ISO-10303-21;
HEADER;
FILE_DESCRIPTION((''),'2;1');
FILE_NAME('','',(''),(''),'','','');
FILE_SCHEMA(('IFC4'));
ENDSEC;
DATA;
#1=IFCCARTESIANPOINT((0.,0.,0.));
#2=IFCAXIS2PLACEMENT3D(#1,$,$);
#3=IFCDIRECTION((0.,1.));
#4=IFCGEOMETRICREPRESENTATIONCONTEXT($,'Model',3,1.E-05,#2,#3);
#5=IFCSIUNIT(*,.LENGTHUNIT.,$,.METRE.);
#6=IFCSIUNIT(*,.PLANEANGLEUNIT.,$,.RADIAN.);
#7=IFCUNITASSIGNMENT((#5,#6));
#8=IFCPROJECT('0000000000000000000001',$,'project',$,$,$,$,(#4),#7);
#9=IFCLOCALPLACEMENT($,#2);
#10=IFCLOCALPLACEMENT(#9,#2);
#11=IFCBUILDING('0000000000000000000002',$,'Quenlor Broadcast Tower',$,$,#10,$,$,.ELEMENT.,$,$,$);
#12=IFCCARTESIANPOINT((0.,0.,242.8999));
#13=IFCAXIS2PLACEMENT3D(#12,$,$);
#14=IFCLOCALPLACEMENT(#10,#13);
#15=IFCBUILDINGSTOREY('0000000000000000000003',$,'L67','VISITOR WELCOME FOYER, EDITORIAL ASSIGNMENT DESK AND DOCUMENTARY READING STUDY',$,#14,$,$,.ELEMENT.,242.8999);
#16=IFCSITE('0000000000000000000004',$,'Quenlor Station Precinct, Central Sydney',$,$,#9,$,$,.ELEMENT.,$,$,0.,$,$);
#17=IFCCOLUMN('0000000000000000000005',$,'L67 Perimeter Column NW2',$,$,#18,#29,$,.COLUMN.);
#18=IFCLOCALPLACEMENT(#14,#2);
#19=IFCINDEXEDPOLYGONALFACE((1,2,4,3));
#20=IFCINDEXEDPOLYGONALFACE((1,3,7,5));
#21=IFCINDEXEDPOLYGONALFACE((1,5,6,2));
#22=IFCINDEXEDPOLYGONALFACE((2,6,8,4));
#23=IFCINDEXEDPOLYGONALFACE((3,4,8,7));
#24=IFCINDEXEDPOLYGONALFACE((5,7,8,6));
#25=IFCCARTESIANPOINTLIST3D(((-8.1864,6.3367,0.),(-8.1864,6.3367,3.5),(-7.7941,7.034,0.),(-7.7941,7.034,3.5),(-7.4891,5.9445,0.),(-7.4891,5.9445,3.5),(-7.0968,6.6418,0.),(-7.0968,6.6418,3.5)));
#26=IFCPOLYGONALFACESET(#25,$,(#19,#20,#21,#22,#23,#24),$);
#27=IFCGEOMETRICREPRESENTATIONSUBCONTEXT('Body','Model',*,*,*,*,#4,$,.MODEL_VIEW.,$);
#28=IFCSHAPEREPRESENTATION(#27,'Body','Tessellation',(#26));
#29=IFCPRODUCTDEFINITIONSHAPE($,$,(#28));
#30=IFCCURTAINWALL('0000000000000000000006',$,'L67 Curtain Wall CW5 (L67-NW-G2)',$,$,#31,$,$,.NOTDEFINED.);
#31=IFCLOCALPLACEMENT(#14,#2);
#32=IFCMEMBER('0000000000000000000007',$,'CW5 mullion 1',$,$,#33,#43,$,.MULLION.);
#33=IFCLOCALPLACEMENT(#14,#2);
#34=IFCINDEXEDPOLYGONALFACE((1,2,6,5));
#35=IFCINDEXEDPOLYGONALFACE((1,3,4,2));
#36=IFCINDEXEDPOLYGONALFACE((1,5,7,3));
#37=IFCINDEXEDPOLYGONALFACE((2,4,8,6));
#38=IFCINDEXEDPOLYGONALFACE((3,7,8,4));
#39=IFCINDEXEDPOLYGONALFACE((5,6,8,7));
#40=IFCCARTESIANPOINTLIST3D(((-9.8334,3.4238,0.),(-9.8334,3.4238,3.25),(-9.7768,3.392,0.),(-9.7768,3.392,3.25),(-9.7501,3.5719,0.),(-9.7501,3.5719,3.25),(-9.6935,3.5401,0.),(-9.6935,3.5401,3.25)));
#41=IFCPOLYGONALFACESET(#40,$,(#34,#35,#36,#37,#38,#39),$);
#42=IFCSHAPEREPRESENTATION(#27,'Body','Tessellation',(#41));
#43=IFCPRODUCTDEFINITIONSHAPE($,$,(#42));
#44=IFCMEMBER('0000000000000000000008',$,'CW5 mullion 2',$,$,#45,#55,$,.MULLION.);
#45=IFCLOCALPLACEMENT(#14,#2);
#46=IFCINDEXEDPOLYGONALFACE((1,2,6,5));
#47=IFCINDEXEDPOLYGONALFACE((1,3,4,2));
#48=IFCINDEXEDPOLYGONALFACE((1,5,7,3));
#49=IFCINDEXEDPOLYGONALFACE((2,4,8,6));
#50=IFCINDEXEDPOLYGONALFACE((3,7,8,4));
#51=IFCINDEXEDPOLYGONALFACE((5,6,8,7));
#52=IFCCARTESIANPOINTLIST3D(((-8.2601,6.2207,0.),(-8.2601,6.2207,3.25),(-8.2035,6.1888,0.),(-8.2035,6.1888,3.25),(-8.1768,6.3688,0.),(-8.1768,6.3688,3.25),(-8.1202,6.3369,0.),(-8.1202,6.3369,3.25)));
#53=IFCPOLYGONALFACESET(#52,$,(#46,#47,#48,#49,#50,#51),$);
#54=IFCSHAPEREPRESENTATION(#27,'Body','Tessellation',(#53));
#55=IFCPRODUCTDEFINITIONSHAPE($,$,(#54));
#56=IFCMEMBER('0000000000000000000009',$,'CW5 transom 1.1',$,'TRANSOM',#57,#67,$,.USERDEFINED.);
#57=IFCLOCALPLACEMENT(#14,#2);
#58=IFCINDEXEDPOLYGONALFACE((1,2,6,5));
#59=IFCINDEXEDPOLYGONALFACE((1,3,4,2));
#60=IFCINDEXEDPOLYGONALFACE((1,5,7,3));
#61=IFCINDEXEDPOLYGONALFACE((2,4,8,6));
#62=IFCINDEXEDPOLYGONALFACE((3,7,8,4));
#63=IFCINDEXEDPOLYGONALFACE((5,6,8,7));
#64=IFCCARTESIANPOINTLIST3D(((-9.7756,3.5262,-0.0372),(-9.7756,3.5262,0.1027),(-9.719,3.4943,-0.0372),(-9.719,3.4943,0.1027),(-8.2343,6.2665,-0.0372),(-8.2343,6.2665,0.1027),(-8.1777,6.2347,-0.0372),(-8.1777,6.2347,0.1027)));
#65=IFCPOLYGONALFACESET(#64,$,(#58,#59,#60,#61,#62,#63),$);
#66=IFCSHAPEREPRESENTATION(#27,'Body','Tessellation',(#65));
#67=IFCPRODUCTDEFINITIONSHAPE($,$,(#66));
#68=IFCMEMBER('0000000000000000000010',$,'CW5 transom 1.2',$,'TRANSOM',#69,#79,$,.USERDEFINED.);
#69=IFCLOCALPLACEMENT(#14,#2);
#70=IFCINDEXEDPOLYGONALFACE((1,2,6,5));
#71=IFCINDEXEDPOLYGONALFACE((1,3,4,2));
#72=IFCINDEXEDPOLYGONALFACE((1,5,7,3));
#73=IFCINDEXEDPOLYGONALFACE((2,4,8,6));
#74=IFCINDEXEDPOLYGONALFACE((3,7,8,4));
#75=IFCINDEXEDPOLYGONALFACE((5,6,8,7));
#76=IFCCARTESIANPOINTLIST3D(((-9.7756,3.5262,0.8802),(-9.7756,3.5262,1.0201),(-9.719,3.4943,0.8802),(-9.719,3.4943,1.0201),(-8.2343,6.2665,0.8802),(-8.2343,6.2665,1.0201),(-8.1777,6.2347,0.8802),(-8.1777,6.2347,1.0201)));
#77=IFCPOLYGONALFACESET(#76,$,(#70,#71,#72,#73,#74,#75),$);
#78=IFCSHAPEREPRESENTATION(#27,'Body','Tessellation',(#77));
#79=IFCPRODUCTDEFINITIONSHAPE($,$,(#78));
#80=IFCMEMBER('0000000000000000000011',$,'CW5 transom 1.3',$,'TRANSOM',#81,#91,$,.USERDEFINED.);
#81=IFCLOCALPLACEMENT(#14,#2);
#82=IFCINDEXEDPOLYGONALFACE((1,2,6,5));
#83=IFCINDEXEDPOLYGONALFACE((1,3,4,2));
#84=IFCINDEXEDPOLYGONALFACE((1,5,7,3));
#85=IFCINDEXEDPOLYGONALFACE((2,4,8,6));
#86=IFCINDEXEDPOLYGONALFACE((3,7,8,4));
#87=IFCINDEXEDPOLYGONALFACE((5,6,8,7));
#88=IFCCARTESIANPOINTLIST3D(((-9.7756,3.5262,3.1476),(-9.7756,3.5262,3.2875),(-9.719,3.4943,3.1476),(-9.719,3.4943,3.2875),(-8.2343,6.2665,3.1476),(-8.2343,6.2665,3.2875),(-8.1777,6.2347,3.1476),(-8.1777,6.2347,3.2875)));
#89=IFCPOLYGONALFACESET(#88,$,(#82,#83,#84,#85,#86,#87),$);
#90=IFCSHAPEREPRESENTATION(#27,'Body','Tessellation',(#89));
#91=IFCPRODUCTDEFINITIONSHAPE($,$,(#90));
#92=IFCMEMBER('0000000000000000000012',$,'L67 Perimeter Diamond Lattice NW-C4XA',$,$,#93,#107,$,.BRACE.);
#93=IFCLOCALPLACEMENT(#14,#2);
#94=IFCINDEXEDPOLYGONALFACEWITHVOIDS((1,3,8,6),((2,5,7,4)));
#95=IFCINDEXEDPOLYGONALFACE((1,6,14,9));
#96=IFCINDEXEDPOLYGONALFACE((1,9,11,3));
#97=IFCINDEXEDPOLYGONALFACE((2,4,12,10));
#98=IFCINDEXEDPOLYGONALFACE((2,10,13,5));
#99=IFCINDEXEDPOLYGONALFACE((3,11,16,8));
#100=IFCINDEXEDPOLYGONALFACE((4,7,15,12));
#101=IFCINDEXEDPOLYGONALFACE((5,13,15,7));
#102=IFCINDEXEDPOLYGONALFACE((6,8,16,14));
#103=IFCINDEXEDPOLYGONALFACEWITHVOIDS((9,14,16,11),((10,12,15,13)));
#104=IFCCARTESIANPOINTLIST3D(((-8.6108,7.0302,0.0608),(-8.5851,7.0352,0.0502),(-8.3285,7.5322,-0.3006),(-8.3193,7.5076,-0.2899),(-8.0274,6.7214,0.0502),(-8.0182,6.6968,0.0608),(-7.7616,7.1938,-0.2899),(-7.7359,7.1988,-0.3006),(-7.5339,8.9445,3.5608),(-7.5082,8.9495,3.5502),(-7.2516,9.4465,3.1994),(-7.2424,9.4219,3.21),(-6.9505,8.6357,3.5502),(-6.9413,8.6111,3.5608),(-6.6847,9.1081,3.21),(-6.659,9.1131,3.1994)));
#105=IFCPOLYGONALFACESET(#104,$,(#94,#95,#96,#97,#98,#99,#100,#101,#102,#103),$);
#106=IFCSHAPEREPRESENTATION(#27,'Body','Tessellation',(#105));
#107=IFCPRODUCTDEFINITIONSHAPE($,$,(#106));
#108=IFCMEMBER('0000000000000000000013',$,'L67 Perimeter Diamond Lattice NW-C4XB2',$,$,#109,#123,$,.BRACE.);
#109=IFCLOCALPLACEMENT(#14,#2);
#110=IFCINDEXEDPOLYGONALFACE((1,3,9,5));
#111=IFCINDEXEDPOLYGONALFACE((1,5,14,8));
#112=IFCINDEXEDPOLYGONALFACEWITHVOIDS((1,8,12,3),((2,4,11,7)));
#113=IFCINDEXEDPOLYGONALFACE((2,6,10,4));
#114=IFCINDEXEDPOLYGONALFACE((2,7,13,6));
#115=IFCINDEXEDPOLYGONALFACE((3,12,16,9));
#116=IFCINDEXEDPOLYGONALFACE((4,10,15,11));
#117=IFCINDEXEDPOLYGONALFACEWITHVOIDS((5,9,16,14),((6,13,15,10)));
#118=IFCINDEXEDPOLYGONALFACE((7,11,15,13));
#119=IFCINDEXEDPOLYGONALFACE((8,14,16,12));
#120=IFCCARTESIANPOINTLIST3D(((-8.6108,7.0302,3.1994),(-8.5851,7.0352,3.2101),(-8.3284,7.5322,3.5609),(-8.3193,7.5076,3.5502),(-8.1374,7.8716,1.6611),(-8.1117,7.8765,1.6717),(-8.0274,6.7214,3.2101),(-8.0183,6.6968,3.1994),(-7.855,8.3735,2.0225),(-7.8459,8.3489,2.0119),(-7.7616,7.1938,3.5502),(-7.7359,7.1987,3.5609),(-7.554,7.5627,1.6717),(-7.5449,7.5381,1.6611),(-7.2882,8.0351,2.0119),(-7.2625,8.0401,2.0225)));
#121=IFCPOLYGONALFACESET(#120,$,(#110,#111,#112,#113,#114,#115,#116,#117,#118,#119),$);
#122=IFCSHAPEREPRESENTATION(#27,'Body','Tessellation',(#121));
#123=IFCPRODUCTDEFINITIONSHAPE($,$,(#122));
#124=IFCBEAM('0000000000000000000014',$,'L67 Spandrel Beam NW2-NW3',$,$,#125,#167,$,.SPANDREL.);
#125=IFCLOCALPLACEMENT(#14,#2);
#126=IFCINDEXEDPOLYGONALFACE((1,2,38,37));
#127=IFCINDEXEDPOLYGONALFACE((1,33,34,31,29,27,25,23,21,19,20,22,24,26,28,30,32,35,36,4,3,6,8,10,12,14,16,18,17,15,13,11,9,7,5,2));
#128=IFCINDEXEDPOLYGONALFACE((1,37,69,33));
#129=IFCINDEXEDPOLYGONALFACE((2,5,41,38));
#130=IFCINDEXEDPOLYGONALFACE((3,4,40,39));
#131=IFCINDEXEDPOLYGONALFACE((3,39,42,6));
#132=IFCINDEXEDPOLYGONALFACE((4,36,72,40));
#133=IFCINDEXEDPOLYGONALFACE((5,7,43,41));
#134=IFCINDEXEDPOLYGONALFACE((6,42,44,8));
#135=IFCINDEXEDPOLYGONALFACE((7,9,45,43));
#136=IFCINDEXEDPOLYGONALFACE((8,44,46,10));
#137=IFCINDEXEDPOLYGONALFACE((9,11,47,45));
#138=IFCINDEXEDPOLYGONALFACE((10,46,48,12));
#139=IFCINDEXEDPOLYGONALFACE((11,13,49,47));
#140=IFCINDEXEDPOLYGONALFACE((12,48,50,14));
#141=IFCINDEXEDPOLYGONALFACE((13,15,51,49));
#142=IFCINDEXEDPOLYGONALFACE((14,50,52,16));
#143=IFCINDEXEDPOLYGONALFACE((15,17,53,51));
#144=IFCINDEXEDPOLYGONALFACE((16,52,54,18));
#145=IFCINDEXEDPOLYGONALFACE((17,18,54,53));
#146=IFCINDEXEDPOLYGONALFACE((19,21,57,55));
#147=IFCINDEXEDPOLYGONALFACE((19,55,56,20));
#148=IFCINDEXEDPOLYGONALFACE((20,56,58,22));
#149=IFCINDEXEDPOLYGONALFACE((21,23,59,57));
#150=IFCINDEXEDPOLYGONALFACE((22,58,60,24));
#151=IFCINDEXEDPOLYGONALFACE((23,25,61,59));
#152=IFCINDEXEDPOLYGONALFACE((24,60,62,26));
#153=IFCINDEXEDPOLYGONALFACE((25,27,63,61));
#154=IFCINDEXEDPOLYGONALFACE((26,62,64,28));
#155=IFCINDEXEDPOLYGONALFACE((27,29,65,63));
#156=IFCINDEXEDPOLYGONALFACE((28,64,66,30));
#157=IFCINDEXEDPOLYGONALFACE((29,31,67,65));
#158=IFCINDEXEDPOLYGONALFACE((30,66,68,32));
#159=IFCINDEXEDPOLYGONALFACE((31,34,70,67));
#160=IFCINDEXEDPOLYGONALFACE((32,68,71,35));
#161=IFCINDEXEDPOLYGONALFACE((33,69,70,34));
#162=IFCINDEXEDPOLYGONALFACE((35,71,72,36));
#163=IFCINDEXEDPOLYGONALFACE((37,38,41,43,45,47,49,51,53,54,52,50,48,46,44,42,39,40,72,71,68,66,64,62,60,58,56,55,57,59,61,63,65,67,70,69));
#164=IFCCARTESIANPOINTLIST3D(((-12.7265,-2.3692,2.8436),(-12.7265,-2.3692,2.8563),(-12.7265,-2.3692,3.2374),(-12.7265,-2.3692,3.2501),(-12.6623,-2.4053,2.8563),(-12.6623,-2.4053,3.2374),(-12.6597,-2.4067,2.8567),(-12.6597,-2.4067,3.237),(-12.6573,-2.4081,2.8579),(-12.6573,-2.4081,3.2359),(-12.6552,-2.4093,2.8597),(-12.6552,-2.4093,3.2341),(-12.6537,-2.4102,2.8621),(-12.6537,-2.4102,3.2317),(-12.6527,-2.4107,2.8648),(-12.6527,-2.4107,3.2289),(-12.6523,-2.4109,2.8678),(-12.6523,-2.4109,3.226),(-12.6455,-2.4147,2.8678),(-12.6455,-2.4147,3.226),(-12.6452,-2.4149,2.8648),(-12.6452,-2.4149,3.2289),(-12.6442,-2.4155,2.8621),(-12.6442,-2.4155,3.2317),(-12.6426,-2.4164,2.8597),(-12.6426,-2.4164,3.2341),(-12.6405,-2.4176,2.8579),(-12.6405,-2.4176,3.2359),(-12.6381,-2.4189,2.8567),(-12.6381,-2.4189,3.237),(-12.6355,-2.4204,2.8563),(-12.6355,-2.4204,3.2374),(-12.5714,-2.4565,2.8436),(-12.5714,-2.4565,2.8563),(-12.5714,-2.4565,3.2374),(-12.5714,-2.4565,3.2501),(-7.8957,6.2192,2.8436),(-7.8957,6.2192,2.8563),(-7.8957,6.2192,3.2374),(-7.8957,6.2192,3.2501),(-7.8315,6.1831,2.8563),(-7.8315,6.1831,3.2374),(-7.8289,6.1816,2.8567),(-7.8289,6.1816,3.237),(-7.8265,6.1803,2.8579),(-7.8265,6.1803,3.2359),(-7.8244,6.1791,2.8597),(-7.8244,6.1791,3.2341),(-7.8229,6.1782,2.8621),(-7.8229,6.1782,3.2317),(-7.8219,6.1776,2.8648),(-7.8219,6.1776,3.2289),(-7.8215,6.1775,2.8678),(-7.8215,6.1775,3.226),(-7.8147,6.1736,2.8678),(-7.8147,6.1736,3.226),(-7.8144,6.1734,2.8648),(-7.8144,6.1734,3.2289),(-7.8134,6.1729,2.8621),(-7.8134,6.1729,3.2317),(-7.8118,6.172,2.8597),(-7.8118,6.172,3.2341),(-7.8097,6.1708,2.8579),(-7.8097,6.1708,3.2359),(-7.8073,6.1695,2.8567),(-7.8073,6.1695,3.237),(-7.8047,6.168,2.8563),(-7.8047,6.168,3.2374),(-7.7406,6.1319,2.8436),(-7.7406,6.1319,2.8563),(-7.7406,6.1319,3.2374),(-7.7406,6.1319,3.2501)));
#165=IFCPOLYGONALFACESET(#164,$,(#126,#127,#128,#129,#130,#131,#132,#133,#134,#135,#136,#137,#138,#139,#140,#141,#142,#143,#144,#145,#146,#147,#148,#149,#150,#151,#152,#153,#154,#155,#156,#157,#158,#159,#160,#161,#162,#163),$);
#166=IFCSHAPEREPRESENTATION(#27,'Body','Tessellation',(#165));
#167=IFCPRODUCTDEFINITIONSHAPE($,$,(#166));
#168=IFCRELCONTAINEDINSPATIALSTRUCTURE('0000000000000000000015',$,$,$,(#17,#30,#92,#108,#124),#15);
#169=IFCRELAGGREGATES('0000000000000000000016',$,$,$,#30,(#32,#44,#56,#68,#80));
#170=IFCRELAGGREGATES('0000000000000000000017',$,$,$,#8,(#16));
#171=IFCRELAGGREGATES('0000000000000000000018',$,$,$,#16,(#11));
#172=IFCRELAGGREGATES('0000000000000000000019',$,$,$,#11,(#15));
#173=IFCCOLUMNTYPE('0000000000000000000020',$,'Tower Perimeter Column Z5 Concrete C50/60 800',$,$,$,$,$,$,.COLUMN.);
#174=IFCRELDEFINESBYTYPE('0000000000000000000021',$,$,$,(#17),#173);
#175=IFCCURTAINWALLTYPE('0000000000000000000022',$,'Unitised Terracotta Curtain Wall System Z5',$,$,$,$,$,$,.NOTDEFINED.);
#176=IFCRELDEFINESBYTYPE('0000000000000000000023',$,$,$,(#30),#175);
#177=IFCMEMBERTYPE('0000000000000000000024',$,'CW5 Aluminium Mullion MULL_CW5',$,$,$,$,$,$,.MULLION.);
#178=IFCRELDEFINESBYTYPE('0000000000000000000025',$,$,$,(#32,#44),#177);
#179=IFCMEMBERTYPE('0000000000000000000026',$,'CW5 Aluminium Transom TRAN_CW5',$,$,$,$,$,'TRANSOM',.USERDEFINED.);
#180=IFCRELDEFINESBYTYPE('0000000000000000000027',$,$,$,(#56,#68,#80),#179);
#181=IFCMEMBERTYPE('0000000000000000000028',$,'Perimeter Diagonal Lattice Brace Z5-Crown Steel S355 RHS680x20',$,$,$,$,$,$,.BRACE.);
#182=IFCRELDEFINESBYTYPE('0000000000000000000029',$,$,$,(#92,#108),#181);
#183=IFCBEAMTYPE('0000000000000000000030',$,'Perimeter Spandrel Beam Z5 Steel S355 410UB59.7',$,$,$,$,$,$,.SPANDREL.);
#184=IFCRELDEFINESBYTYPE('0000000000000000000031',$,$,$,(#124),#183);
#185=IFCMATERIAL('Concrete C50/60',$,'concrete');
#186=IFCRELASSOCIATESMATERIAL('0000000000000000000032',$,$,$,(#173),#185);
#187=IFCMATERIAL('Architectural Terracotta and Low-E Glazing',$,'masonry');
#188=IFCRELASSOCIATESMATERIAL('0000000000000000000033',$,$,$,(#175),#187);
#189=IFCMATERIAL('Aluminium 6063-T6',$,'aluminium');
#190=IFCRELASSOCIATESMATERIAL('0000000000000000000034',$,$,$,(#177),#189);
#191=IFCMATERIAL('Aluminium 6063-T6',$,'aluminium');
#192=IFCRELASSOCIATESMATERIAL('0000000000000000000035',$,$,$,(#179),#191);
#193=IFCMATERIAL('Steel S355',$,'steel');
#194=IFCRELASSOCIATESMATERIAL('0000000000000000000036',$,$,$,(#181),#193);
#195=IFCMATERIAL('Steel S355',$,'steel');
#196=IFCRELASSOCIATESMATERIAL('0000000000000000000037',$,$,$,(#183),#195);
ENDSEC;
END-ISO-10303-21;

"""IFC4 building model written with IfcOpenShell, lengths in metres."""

from ifc_helpers import new_model, si_unit, direction, frame, origin, origin_2d, place, context, subcontext, project, spatial, rectangle, hollow_rectangle, i_section, extrude, material, material_profile, profile_set, type_object, element, aggregate, save


model = new_model("IFC4")

# Units and contexts
model_context = context("Model", 3, precision=1e-05, world=origin(), true_north=direction((0.0, 1.0)))
body_context = subcontext(model_context, "Body", "Model", "MODEL_VIEW")
ifc_project = project(units=[si_unit("LENGTHUNIT", "METRE"), si_unit("PLANEANGLEUNIT", "RADIAN")], contexts=[model_context])

# Site, building, storey
site_placement = place(None, origin())
site = spatial("IfcSite", under=ifc_project, at=site_placement, Name="Quenlor Station Precinct, Central Sydney", CompositionType="ELEMENT", RefElevation=0.0)
building_placement = place(site_placement, origin())
building = spatial("IfcBuilding", under=site, at=building_placement, Name="Quenlor Broadcast Tower", CompositionType="ELEMENT")
storey_placement = place(building_placement, frame((0.0, 0.0, 242.8999)))
storey = spatial("IfcBuildingStorey", under=building, at=storey_placement, Name="L67", Description="VISITOR WELCOME FOYER, EDITORIAL ASSIGNMENT DESK AND DOCUMENTARY READING STUDY", CompositionType="ELEMENT", Elevation=242.8999)

# Column
ifc_material_1 = material(Name="Concrete C50/60", Category="concrete")
ifc_material_profile_1 = material_profile(ifc_material_1, rectangle(XDim=0.8, YDim=0.8, at=origin_2d()))
ifc_profile_set_1 = profile_set([ifc_material_profile_1], Name="Concrete C50/60 RC800x800")
column_type = type_object("IfcColumnType", Name="Tower Perimeter Column Z5 Concrete C50/60 800", PredefinedType="COLUMN", material=ifc_profile_set_1)
column_placement = place(storey_placement, frame((-7.6416, 6.4893, 0.0), z_axis=(0.0, 0.0, 1.0), x_axis=(-0.871575, 0.490262, 0.0)))
element("IfcColumn", 1, at=column_placement, inside=storey, type_object=column_type, Name="L67 Perimeter Column NW2", PredefinedType="COLUMN", context=body_context, shape_type="SweptSolid", body=[
    extrude(rectangle(XDim=0.8, YDim=0.8, at=origin_2d()), origin(), (0.0, 0.0, 1.0), 3.5),
])

# Curtain wall, members
ifc_material_2 = material(Name="Architectural Terracotta and Low-E Glazing", Category="masonry")
curtain_wall_type = type_object("IfcCurtainWallType", Name="Unitised Terracotta Curtain Wall System Z5", PredefinedType="NOTDEFINED", material=ifc_material_2)
curtain_wall_placement = place(storey_placement, origin())
curtain_wall = element("IfcCurtainWall", 2, at=curtain_wall_placement, inside=storey, type_object=curtain_wall_type, Name="L67 Curtain Wall CW5 (L67-NW-G2)", PredefinedType="NOTDEFINED")
ifc_material_3 = material(Name="Aluminium 6063-T6", Category="aluminium")
ifc_material_profile_2 = material_profile(ifc_material_3, rectangle(XDim=0.0649, YDim=0.1699, at=origin_2d()))
ifc_profile_set_2 = profile_set([ifc_material_profile_2], Name="Aluminium 6063-T6 MULL65x170")
member_type_1 = type_object("IfcMemberType", Name="CW5 Aluminium Mullion MULL_CW5", PredefinedType="MULLION", material=ifc_profile_set_2)
member_1_placement = place(storey_placement, frame((-9.7634, 3.4819, 0.0), z_axis=(0.0, 0.0, 1.0), x_axis=(-0.871575, 0.490263, 0.0)))
member_1 = element("IfcMember", 3, at=member_1_placement, type_object=member_type_1, Name="CW5 mullion 1", PredefinedType="MULLION", context=body_context, shape_type="SweptSolid", body=[
    extrude(rectangle(XDim=0.0649, YDim=0.1699, at=origin_2d()), origin(), (0.0, 0.0, 1.0), 3.25),
])
member_2_placement = place(storey_placement, frame((-8.1902, 6.2788, 0.0), z_axis=(0.0, 0.0, 1.0), x_axis=(-0.871575, 0.490263, 0.0)))
member_2 = element("IfcMember", 4, at=member_2_placement, type_object=member_type_1, Name="CW5 mullion 2", PredefinedType="MULLION", context=body_context, shape_type="SweptSolid", body=[
    extrude(rectangle(XDim=0.0649, YDim=0.1699, at=origin_2d()), origin(), (0.0, 0.0, 1.0), 3.25),
])
ifc_material_4 = material(Name="Aluminium 6063-T6", Category="aluminium")
ifc_material_profile_3 = material_profile(ifc_material_4, rectangle(XDim=0.0649, YDim=0.1399, at=origin_2d()))
ifc_profile_set_3 = profile_set([ifc_material_profile_3], Name="Aluminium 6063-T6 TRAN65x140")
member_type_2 = type_object("IfcMemberType", Name="CW5 Aluminium Transom TRAN_CW5", ElementType="TRANSOM", PredefinedType="USERDEFINED", material=ifc_profile_set_3)
member_3_placement = place(storey_placement, frame((-9.7473, 3.5103, 0.0327), z_axis=(0.490232, 0.871592, 0.0), x_axis=(-0.871592, 0.490232, 0.0)))
member_3 = element("IfcMember", 5, at=member_3_placement, type_object=member_type_2, Name="CW5 transom 1.1", ObjectType="TRANSOM", PredefinedType="USERDEFINED", context=body_context, shape_type="SweptSolid", body=[
    extrude(rectangle(XDim=0.0649, YDim=0.1399, at=origin_2d()), origin(), (0.0, 0.0, 1.0), 3.144),
])
member_4_placement = place(storey_placement, frame((-9.7473, 3.5103, 0.9502), z_axis=(0.490232, 0.871592, 0.0), x_axis=(-0.871592, 0.490232, 0.0)))
member_4 = element("IfcMember", 6, at=member_4_placement, type_object=member_type_2, Name="CW5 transom 1.2", ObjectType="TRANSOM", PredefinedType="USERDEFINED", context=body_context, shape_type="SweptSolid", body=[
    extrude(rectangle(XDim=0.0649, YDim=0.1399, at=origin_2d()), origin(), (0.0, 0.0, 1.0), 3.144),
])
member_5_placement = place(storey_placement, frame((-9.7473, 3.5103, 3.2175), z_axis=(0.490232, 0.871592, 0.0), x_axis=(-0.871592, 0.490232, 0.0)))
member_5 = element("IfcMember", 7, at=member_5_placement, type_object=member_type_2, Name="CW5 transom 1.3", ObjectType="TRANSOM", PredefinedType="USERDEFINED", context=body_context, shape_type="SweptSolid", body=[
    extrude(rectangle(XDim=0.0649, YDim=0.1399, at=origin_2d()), origin(), (0.0, 0.0, 1.0), 3.144),
])

# Members
ifc_material_5 = material(Name="Steel S355", Category="steel")
ifc_material_profile_4 = material_profile(ifc_material_5, hollow_rectangle(XDim=0.6799, YDim=0.6799, WallThickness=0.02, at=origin_2d()))
ifc_profile_set_4 = profile_set([ifc_material_profile_4], Name="Steel S355 RHS680x680x20")
member_type_3 = type_object("IfcMemberType", Name="Perimeter Diagonal Lattice Brace Z5-Crown Steel S355 RHS680x20", PredefinedType="BRACE", material=ifc_profile_set_4)
member_6_placement = place(storey_placement, frame((-8.1733, 7.1145, -0.1199), z_axis=(0.260619, 0.463276, 0.847026), x_axis=(-0.871555, 0.490298, 0.0)))
element("IfcMember", 8, at=member_6_placement, inside=storey, type_object=member_type_3, Name="L67 Perimeter Diamond Lattice NW-C4XA", PredefinedType="BRACE", context=body_context, shape_type="SweptSolid", body=[
    extrude(hollow_rectangle(XDim=0.6799, YDim=0.6799, WallThickness=0.02, at=origin_2d()), origin(), (0.0, 0.0, 1.0), 4.1321),
])
member_7_placement = place(storey_placement, frame((-7.7, 7.9558, 1.8418), z_axis=(-0.260657, -0.463241, 0.847034), x_axis=(0.871508, -0.490381, 0.0)))
element("IfcMember", 9, at=member_7_placement, inside=storey, type_object=member_type_3, Name="L67 Perimeter Diamond Lattice NW-C4XB2", PredefinedType="BRACE", context=body_context, shape_type="SweptSolid", body=[
    extrude(hollow_rectangle(XDim=0.6799, YDim=0.6799, WallThickness=0.02, at=origin_2d()), origin(), (0.0, 0.0, 1.0), 1.8162),
])

# Beam
ifc_material_6 = material(Name="Steel S355", Category="steel")
ifc_material_profile_5 = material_profile(ifc_material_6, i_section(OverallWidth=0.178, OverallDepth=0.4065, WebThickness=0.0078, FlangeThickness=0.0127, FilletRadius=0.0115, at=origin_2d()))
ifc_profile_set_5 = profile_set([ifc_material_profile_5], Name="Steel S355 410UB59.7")
beam_type_1 = type_object("IfcBeamType", Name="Perimeter Spandrel Beam Z5 Steel S355 410UB59.7", PredefinedType="SPANDREL", material=ifc_profile_set_5)
beam_1_placement = place(storey_placement, frame((-7.8181, 6.1755, 3.0469), z_axis=(-0.490249, -0.871582, 0.0), x_axis=(0.871582, -0.490249, 0.0)))
element("IfcBeam", 10, at=beam_1_placement, inside=storey, type_object=beam_type_1, Name="L67 Spandrel Beam NW2-NW3", PredefinedType="SPANDREL", context=body_context, shape_type="SweptSolid", body=[
    extrude(i_section(OverallWidth=0.178, OverallDepth=0.4065, WebThickness=0.0078, FlangeThickness=0.0127, FilletRadius=0.0115, at=origin_2d()), origin(), (0.0, 0.0, 1.0), 9.8538),
])

aggregate(curtain_wall, [member_1, member_2, member_3, member_4, member_5])

save(model, "model.ifc")
